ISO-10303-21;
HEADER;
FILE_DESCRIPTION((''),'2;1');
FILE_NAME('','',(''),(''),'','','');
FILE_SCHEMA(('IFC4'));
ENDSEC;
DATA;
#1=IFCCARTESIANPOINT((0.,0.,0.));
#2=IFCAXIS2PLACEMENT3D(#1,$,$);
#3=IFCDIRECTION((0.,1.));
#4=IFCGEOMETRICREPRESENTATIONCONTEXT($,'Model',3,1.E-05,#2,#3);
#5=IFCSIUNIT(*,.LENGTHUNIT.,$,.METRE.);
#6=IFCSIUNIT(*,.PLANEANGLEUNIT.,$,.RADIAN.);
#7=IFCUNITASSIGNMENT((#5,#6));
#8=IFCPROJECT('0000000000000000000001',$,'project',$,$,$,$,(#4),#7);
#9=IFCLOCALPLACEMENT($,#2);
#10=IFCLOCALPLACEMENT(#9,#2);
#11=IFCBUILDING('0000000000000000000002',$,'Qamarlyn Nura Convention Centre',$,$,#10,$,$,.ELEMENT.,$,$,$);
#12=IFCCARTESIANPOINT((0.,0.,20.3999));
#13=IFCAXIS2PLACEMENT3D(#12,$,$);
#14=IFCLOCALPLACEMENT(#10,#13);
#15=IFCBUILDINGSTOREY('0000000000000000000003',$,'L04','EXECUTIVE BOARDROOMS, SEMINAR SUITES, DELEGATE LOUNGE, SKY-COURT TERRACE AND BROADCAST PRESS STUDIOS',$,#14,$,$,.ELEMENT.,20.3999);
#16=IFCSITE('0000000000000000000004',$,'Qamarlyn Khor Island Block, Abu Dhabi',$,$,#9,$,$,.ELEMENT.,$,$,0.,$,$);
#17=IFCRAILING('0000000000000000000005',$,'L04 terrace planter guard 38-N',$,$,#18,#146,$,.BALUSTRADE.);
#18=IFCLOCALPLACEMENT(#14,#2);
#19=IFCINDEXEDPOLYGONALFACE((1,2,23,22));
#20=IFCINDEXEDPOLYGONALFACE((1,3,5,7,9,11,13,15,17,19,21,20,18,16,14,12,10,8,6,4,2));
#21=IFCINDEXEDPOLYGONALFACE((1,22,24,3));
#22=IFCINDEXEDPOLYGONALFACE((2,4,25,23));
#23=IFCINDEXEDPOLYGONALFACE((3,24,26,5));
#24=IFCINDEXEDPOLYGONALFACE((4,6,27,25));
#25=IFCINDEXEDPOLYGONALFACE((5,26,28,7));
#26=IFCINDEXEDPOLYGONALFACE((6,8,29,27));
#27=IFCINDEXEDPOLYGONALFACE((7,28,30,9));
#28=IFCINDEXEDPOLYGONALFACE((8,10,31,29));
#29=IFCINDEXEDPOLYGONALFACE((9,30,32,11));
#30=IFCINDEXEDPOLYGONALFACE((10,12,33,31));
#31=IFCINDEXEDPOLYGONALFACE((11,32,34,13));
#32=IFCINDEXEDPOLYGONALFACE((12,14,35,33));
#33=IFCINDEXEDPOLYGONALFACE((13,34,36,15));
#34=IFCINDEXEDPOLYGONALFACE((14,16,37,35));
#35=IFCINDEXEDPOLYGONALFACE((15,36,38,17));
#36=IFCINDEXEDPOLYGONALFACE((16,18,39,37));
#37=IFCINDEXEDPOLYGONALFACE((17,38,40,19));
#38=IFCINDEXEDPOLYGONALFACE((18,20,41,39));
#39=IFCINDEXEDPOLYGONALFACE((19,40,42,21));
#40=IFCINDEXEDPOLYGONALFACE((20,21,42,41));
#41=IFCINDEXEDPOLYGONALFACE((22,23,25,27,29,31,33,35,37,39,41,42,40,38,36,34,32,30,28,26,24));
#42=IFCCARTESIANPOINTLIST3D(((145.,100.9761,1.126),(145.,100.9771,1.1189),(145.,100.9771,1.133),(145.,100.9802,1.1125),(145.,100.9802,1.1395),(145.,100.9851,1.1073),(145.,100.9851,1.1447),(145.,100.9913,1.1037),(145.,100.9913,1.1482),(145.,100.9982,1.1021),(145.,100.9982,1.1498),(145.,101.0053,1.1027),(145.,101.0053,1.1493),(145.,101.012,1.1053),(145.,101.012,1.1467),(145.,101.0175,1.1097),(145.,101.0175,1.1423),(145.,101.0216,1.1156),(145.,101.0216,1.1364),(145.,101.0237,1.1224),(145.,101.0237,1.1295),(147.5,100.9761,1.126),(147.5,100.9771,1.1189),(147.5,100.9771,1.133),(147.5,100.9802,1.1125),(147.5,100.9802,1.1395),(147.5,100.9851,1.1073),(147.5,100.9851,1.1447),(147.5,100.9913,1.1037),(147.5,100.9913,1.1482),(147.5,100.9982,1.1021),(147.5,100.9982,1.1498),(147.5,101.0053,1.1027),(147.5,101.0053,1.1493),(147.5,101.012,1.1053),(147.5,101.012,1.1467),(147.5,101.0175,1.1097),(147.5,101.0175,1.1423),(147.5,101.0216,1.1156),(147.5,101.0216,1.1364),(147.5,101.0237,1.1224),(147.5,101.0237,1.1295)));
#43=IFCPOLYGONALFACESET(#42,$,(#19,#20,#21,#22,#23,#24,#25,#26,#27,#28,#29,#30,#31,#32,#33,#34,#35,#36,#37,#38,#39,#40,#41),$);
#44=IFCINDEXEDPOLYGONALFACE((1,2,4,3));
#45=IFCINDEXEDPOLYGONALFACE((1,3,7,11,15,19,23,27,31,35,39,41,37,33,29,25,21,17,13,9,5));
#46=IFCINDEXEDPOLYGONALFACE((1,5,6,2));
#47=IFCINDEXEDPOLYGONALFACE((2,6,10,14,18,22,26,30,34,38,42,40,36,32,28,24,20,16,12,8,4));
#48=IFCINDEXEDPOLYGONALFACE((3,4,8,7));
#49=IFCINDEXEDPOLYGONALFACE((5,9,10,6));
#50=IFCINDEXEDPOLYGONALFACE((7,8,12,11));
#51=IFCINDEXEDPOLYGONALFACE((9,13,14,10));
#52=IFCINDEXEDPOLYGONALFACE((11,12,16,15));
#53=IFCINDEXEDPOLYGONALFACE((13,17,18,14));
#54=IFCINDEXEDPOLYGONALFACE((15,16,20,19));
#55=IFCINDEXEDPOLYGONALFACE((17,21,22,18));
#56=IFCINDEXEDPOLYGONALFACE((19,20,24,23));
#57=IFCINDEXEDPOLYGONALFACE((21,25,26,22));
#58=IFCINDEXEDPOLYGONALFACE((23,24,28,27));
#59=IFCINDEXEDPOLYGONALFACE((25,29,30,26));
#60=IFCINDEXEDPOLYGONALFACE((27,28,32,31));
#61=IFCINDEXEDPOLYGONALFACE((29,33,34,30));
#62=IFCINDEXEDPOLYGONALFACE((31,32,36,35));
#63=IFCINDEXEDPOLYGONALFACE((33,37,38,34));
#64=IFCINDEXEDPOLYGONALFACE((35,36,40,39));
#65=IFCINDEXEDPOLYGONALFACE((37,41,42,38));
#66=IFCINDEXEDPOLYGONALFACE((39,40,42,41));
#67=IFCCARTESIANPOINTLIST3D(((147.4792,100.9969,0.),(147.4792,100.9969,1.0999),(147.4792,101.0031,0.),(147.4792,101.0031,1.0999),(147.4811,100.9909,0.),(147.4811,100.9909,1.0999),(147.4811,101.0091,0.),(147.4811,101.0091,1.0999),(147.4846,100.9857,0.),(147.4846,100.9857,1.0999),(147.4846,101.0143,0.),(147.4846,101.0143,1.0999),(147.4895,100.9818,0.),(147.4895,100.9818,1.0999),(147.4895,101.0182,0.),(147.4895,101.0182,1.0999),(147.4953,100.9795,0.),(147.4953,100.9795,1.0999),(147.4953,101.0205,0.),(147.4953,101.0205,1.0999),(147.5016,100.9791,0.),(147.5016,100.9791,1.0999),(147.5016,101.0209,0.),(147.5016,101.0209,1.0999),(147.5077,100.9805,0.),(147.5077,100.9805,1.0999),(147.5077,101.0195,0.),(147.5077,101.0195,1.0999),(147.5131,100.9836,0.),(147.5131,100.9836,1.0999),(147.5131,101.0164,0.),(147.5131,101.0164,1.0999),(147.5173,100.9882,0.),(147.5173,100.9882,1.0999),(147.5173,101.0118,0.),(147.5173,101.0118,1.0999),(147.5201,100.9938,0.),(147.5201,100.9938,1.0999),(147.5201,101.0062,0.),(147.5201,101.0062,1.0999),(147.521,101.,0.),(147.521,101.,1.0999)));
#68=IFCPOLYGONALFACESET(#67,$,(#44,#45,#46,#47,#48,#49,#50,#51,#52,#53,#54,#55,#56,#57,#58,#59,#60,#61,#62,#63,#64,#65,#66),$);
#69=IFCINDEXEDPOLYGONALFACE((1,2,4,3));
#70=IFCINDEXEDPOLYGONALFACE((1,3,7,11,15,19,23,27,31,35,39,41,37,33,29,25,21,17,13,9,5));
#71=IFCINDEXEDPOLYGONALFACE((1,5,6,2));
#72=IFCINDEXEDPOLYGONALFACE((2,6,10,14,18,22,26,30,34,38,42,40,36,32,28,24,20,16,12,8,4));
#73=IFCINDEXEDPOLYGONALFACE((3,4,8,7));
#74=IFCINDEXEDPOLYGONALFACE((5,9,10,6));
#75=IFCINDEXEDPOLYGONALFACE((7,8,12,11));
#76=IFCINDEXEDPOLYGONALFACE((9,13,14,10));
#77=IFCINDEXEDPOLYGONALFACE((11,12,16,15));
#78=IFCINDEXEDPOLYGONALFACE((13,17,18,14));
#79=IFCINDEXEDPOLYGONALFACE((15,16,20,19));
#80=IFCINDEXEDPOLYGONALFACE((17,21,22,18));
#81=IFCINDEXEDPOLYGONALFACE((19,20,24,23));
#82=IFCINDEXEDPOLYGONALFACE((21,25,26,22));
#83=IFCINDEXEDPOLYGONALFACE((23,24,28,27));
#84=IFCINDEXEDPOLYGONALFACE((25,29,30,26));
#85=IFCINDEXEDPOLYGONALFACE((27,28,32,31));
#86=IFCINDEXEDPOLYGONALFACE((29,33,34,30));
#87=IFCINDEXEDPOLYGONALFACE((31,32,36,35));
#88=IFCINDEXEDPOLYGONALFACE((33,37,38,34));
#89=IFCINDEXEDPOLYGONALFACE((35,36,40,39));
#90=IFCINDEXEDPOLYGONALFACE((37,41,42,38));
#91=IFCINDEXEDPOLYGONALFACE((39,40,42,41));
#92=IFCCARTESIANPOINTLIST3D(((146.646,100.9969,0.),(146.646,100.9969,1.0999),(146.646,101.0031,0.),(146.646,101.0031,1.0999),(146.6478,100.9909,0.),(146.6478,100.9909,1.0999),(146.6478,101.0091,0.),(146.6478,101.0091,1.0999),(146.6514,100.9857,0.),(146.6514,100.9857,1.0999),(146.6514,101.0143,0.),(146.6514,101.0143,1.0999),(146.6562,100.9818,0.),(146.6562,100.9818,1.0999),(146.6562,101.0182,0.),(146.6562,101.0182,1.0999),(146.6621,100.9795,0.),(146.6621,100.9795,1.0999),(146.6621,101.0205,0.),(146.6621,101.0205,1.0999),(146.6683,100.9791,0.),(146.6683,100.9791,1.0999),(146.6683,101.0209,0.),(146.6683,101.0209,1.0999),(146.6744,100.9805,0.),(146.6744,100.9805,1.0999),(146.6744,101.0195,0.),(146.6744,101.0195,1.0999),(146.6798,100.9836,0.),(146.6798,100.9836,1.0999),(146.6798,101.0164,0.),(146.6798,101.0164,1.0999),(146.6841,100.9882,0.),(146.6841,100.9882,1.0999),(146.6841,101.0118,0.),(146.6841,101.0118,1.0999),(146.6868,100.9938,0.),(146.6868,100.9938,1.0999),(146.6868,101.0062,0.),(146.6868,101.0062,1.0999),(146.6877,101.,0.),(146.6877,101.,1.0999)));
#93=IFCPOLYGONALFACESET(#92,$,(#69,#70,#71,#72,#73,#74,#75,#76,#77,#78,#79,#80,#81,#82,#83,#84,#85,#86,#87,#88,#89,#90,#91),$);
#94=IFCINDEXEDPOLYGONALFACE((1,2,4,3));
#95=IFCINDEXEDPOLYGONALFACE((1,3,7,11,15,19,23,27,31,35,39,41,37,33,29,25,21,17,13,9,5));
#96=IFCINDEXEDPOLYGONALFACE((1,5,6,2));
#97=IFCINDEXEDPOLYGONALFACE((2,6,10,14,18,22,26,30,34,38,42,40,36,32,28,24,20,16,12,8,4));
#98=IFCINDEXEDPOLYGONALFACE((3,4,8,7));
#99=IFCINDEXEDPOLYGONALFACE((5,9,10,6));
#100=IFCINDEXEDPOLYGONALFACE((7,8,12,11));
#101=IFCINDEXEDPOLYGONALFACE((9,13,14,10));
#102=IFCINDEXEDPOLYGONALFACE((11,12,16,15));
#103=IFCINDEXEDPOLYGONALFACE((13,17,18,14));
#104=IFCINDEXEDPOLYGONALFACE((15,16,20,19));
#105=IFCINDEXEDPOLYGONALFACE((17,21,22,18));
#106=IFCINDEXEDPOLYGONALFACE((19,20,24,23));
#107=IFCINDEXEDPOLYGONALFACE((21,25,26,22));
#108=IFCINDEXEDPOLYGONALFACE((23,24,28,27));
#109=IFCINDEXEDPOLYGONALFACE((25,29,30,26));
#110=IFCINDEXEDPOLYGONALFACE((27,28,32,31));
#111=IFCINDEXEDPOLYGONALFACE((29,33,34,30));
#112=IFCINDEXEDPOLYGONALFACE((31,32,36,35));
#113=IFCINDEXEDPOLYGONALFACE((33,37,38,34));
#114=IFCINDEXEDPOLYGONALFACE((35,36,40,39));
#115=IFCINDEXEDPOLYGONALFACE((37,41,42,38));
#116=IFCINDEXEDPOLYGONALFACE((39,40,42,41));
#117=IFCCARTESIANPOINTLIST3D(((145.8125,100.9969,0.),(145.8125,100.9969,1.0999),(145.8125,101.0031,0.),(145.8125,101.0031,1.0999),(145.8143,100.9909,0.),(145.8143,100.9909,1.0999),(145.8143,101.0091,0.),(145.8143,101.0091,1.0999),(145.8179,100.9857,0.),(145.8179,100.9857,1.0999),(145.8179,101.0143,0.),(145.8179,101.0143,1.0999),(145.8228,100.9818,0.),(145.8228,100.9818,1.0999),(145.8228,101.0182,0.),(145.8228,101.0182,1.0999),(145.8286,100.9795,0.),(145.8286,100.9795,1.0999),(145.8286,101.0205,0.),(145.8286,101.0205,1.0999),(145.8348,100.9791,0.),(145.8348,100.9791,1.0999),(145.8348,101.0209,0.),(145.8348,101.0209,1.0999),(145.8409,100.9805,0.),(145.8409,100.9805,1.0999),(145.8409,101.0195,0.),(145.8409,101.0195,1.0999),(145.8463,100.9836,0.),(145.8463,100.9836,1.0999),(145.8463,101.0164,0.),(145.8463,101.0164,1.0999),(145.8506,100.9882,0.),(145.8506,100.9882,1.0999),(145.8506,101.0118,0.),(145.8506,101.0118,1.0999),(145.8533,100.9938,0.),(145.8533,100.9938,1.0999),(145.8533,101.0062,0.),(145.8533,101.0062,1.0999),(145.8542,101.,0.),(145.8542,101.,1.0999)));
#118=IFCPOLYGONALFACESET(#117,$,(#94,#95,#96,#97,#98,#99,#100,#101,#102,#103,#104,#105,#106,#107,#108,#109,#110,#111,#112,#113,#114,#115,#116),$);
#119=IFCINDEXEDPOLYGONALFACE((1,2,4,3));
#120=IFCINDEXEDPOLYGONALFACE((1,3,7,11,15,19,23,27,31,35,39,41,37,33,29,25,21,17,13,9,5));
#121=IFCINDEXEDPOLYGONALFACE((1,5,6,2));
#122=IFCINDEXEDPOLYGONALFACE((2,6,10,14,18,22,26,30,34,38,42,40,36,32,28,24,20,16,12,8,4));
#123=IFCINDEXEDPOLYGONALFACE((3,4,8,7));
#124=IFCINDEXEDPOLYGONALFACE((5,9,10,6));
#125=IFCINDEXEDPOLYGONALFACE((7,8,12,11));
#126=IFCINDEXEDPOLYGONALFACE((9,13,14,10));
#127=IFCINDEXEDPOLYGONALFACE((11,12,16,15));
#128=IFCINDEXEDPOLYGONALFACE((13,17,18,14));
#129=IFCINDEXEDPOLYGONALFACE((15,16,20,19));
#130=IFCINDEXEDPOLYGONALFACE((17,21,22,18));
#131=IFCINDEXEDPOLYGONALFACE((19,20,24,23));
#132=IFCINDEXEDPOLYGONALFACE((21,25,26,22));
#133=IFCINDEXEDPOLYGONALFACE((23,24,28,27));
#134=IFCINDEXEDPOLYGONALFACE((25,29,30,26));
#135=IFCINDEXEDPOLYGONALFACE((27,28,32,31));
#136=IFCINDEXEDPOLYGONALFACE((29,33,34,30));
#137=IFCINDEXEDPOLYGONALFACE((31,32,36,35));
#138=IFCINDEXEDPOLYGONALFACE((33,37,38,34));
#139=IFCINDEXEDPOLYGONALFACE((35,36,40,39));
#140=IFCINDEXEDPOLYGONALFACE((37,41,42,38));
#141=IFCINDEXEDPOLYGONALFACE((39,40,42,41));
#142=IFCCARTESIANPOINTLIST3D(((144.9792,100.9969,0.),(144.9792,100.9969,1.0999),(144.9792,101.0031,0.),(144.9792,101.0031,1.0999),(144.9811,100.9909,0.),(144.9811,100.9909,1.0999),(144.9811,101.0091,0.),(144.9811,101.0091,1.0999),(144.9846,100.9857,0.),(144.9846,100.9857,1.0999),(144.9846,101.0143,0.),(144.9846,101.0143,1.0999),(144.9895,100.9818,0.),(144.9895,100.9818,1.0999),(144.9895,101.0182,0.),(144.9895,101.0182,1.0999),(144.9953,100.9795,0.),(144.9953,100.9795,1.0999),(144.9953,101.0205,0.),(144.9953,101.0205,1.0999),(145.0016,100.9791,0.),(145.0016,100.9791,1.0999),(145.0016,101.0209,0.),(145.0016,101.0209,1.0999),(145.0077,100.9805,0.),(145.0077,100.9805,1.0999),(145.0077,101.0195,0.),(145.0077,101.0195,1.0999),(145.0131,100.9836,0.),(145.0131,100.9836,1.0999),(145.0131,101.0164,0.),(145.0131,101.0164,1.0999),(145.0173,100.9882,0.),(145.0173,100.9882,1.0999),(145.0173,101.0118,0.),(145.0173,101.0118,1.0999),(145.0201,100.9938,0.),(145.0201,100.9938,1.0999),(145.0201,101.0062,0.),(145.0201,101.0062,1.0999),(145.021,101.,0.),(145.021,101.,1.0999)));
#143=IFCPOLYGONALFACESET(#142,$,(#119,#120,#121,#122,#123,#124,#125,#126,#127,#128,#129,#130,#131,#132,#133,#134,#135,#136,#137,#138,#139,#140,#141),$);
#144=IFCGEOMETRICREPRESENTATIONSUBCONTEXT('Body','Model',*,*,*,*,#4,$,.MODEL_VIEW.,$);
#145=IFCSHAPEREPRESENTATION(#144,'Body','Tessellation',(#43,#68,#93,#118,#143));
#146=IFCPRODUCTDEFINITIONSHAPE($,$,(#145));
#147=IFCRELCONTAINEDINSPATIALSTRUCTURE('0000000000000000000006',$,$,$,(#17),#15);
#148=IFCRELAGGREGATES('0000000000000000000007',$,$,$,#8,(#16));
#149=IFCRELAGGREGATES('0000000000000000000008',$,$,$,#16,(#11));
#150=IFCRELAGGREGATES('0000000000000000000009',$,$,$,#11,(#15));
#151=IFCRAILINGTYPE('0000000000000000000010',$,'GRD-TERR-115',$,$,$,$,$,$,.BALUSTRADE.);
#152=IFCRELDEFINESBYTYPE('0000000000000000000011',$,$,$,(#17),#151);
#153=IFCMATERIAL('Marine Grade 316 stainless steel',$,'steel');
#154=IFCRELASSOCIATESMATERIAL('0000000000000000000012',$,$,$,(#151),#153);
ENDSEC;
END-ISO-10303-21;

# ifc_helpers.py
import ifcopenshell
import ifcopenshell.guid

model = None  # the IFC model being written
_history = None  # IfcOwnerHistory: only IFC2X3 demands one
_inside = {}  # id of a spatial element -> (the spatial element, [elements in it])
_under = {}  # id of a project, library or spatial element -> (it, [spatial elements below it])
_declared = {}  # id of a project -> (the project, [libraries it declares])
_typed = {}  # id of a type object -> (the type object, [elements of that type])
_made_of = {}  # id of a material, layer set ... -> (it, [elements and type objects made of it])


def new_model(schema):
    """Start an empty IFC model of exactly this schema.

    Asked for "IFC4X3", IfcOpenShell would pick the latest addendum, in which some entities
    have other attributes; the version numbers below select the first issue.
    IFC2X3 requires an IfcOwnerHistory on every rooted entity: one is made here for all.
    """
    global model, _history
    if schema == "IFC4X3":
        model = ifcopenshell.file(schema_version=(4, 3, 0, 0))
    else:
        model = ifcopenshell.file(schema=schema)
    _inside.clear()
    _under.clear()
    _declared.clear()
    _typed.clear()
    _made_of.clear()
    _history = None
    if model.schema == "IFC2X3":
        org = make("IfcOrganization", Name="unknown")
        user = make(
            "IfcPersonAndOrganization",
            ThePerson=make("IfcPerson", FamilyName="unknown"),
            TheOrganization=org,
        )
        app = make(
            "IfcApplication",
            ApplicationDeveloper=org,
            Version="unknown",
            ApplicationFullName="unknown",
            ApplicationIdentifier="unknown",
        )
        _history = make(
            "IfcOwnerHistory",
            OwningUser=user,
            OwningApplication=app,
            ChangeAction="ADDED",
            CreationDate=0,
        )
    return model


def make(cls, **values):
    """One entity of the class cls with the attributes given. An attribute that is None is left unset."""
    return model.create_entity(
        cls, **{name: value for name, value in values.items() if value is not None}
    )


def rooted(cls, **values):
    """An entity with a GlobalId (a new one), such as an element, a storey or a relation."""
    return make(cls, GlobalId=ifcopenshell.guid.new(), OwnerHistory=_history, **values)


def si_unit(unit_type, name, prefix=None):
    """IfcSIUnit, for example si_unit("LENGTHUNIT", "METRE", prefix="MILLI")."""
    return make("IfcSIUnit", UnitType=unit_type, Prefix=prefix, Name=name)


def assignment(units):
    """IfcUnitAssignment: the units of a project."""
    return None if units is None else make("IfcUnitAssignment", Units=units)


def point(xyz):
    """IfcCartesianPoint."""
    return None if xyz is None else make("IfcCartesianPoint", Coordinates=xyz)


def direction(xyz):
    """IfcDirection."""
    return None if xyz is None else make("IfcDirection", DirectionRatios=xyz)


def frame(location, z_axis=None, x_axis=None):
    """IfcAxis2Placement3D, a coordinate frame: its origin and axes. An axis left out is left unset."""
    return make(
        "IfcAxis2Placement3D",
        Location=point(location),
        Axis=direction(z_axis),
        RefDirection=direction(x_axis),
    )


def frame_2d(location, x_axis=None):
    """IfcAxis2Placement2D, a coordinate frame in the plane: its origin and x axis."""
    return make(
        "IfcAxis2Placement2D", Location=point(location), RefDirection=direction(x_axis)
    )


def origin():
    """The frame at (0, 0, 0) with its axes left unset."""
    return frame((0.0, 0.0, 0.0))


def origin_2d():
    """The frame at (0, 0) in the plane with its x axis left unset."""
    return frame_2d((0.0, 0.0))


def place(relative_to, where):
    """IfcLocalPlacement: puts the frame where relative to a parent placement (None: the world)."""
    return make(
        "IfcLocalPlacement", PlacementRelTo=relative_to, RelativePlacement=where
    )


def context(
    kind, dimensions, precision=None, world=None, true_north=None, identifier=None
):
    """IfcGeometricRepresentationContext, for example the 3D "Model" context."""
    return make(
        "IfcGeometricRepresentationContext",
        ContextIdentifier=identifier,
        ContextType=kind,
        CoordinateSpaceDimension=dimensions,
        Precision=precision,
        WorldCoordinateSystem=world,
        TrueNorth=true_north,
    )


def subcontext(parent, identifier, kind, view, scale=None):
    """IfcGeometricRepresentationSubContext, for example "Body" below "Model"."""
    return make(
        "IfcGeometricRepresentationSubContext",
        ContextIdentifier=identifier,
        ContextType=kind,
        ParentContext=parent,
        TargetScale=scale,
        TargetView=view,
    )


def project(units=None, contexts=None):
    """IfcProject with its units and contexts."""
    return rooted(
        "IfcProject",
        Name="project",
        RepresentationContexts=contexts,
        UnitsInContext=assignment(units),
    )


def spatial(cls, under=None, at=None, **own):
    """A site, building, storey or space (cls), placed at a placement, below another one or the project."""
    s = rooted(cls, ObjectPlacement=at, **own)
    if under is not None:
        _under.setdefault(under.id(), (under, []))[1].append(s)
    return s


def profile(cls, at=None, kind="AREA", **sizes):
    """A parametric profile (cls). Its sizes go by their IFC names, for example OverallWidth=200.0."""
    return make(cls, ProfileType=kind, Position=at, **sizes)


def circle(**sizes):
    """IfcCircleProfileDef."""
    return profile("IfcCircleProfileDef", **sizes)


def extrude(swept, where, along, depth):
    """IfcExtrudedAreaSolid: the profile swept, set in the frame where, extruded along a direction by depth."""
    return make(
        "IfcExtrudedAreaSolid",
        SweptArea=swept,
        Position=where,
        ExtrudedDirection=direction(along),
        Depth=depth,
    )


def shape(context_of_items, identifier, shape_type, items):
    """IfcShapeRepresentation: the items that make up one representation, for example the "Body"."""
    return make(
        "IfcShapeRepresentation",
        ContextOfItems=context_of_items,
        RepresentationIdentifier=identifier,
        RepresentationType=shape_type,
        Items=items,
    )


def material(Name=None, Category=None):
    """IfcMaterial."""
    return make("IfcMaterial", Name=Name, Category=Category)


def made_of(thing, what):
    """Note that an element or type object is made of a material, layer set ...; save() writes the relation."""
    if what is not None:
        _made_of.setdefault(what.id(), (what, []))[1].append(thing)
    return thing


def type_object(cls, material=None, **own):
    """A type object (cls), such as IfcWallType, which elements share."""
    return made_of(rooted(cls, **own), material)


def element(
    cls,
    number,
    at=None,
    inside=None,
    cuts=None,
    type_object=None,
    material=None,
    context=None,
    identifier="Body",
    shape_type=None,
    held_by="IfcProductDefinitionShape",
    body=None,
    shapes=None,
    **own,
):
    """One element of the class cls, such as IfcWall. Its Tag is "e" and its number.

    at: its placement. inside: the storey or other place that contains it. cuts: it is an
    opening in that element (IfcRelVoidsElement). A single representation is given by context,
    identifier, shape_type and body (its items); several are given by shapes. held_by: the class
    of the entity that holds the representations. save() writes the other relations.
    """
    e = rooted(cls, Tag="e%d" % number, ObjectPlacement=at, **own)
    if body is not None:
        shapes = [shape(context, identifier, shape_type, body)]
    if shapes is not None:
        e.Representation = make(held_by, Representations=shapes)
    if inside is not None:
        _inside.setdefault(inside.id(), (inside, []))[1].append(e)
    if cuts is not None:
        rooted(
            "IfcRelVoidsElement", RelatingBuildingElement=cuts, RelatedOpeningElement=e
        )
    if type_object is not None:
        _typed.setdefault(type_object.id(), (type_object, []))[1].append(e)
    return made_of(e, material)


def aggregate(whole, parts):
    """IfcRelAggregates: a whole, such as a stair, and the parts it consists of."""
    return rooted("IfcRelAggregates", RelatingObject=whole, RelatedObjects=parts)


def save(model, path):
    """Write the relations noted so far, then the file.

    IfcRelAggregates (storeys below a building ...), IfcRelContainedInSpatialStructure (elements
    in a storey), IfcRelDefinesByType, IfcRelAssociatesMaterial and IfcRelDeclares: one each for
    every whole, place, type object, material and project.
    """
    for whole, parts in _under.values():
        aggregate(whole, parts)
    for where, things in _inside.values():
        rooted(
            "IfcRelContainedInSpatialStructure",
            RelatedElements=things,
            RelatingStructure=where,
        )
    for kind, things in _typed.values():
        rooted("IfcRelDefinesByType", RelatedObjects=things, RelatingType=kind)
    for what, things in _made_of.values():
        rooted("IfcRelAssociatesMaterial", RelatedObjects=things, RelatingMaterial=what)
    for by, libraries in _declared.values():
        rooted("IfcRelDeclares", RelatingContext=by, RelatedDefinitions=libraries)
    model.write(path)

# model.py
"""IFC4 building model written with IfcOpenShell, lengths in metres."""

from ifc_helpers import new_model, si_unit, direction, frame, origin, origin_2d, place, context, subcontext, project, spatial, circle, extrude, material, type_object, element, save


model = new_model("IFC4")

# Units and contexts
model_context = context("Model", 3, precision=1e-05, world=origin(), true_north=direction((0.0, 1.0)))
body_context = subcontext(model_context, "Body", "Model", "MODEL_VIEW")
ifc_project = project(units=[si_unit("LENGTHUNIT", "METRE"), si_unit("PLANEANGLEUNIT", "RADIAN")], contexts=[model_context])

# Site, building, storey
site_placement = place(None, origin())
site = spatial("IfcSite", under=ifc_project, at=site_placement, Name="Qamarlyn Khor Island Block, Abu Dhabi", CompositionType="ELEMENT", RefElevation=0.0)
building_placement = place(site_placement, origin())
building = spatial("IfcBuilding", under=site, at=building_placement, Name="Qamarlyn Nura Convention Centre", CompositionType="ELEMENT")
storey_placement = place(building_placement, frame((0.0, 0.0, 20.3999)))
storey = spatial("IfcBuildingStorey", under=building, at=storey_placement, Name="L04", Description="EXECUTIVE BOARDROOMS, SEMINAR SUITES, DELEGATE LOUNGE, SKY-COURT TERRACE AND BROADCAST PRESS STUDIOS", CompositionType="ELEMENT", Elevation=20.3999)

# Railing
ifc_material_1 = material(Name="Marine Grade 316 stainless steel", Category="steel")
railing_type_1 = type_object("IfcRailingType", Name="GRD-TERR-115", PredefinedType="BALUSTRADE", material=ifc_material_1)
railing_1_placement = place(storey_placement, frame((147.5, 101.0, 0.0)))
element("IfcRailing", 1, at=railing_1_placement, inside=storey, type_object=railing_type_1, Name="L04 terrace planter guard 38-N", PredefinedType="BALUSTRADE", context=body_context, shape_type="SweptSolid", body=[
    extrude(circle(Radius=0.0239, at=origin_2d()), frame((0.0, 0.0, 1.126), z_axis=(-1.0, 0.0, 0.0), x_axis=(0.0, -1.0, 0.0)), (0.0, 0.0, 1.0), 2.5),
    extrude(circle(Radius=0.021, at=origin_2d()), origin(), (0.0, 0.0, 1.0), 1.0999),
    extrude(circle(Radius=0.021, at=origin_2d()), frame((-0.8333, 0.0, 0.0)), (0.0, 0.0, 1.0), 1.0999),
    extrude(circle(Radius=0.021, at=origin_2d()), frame((-1.6667, 0.0, 0.0)), (0.0, 0.0, 1.0), 1.0999),
    extrude(circle(Radius=0.021, at=origin_2d()), frame((-2.5, 0.0, 0.0)), (0.0, 0.0, 1.0), 1.0999),
])

save(model, "model.ifc")
